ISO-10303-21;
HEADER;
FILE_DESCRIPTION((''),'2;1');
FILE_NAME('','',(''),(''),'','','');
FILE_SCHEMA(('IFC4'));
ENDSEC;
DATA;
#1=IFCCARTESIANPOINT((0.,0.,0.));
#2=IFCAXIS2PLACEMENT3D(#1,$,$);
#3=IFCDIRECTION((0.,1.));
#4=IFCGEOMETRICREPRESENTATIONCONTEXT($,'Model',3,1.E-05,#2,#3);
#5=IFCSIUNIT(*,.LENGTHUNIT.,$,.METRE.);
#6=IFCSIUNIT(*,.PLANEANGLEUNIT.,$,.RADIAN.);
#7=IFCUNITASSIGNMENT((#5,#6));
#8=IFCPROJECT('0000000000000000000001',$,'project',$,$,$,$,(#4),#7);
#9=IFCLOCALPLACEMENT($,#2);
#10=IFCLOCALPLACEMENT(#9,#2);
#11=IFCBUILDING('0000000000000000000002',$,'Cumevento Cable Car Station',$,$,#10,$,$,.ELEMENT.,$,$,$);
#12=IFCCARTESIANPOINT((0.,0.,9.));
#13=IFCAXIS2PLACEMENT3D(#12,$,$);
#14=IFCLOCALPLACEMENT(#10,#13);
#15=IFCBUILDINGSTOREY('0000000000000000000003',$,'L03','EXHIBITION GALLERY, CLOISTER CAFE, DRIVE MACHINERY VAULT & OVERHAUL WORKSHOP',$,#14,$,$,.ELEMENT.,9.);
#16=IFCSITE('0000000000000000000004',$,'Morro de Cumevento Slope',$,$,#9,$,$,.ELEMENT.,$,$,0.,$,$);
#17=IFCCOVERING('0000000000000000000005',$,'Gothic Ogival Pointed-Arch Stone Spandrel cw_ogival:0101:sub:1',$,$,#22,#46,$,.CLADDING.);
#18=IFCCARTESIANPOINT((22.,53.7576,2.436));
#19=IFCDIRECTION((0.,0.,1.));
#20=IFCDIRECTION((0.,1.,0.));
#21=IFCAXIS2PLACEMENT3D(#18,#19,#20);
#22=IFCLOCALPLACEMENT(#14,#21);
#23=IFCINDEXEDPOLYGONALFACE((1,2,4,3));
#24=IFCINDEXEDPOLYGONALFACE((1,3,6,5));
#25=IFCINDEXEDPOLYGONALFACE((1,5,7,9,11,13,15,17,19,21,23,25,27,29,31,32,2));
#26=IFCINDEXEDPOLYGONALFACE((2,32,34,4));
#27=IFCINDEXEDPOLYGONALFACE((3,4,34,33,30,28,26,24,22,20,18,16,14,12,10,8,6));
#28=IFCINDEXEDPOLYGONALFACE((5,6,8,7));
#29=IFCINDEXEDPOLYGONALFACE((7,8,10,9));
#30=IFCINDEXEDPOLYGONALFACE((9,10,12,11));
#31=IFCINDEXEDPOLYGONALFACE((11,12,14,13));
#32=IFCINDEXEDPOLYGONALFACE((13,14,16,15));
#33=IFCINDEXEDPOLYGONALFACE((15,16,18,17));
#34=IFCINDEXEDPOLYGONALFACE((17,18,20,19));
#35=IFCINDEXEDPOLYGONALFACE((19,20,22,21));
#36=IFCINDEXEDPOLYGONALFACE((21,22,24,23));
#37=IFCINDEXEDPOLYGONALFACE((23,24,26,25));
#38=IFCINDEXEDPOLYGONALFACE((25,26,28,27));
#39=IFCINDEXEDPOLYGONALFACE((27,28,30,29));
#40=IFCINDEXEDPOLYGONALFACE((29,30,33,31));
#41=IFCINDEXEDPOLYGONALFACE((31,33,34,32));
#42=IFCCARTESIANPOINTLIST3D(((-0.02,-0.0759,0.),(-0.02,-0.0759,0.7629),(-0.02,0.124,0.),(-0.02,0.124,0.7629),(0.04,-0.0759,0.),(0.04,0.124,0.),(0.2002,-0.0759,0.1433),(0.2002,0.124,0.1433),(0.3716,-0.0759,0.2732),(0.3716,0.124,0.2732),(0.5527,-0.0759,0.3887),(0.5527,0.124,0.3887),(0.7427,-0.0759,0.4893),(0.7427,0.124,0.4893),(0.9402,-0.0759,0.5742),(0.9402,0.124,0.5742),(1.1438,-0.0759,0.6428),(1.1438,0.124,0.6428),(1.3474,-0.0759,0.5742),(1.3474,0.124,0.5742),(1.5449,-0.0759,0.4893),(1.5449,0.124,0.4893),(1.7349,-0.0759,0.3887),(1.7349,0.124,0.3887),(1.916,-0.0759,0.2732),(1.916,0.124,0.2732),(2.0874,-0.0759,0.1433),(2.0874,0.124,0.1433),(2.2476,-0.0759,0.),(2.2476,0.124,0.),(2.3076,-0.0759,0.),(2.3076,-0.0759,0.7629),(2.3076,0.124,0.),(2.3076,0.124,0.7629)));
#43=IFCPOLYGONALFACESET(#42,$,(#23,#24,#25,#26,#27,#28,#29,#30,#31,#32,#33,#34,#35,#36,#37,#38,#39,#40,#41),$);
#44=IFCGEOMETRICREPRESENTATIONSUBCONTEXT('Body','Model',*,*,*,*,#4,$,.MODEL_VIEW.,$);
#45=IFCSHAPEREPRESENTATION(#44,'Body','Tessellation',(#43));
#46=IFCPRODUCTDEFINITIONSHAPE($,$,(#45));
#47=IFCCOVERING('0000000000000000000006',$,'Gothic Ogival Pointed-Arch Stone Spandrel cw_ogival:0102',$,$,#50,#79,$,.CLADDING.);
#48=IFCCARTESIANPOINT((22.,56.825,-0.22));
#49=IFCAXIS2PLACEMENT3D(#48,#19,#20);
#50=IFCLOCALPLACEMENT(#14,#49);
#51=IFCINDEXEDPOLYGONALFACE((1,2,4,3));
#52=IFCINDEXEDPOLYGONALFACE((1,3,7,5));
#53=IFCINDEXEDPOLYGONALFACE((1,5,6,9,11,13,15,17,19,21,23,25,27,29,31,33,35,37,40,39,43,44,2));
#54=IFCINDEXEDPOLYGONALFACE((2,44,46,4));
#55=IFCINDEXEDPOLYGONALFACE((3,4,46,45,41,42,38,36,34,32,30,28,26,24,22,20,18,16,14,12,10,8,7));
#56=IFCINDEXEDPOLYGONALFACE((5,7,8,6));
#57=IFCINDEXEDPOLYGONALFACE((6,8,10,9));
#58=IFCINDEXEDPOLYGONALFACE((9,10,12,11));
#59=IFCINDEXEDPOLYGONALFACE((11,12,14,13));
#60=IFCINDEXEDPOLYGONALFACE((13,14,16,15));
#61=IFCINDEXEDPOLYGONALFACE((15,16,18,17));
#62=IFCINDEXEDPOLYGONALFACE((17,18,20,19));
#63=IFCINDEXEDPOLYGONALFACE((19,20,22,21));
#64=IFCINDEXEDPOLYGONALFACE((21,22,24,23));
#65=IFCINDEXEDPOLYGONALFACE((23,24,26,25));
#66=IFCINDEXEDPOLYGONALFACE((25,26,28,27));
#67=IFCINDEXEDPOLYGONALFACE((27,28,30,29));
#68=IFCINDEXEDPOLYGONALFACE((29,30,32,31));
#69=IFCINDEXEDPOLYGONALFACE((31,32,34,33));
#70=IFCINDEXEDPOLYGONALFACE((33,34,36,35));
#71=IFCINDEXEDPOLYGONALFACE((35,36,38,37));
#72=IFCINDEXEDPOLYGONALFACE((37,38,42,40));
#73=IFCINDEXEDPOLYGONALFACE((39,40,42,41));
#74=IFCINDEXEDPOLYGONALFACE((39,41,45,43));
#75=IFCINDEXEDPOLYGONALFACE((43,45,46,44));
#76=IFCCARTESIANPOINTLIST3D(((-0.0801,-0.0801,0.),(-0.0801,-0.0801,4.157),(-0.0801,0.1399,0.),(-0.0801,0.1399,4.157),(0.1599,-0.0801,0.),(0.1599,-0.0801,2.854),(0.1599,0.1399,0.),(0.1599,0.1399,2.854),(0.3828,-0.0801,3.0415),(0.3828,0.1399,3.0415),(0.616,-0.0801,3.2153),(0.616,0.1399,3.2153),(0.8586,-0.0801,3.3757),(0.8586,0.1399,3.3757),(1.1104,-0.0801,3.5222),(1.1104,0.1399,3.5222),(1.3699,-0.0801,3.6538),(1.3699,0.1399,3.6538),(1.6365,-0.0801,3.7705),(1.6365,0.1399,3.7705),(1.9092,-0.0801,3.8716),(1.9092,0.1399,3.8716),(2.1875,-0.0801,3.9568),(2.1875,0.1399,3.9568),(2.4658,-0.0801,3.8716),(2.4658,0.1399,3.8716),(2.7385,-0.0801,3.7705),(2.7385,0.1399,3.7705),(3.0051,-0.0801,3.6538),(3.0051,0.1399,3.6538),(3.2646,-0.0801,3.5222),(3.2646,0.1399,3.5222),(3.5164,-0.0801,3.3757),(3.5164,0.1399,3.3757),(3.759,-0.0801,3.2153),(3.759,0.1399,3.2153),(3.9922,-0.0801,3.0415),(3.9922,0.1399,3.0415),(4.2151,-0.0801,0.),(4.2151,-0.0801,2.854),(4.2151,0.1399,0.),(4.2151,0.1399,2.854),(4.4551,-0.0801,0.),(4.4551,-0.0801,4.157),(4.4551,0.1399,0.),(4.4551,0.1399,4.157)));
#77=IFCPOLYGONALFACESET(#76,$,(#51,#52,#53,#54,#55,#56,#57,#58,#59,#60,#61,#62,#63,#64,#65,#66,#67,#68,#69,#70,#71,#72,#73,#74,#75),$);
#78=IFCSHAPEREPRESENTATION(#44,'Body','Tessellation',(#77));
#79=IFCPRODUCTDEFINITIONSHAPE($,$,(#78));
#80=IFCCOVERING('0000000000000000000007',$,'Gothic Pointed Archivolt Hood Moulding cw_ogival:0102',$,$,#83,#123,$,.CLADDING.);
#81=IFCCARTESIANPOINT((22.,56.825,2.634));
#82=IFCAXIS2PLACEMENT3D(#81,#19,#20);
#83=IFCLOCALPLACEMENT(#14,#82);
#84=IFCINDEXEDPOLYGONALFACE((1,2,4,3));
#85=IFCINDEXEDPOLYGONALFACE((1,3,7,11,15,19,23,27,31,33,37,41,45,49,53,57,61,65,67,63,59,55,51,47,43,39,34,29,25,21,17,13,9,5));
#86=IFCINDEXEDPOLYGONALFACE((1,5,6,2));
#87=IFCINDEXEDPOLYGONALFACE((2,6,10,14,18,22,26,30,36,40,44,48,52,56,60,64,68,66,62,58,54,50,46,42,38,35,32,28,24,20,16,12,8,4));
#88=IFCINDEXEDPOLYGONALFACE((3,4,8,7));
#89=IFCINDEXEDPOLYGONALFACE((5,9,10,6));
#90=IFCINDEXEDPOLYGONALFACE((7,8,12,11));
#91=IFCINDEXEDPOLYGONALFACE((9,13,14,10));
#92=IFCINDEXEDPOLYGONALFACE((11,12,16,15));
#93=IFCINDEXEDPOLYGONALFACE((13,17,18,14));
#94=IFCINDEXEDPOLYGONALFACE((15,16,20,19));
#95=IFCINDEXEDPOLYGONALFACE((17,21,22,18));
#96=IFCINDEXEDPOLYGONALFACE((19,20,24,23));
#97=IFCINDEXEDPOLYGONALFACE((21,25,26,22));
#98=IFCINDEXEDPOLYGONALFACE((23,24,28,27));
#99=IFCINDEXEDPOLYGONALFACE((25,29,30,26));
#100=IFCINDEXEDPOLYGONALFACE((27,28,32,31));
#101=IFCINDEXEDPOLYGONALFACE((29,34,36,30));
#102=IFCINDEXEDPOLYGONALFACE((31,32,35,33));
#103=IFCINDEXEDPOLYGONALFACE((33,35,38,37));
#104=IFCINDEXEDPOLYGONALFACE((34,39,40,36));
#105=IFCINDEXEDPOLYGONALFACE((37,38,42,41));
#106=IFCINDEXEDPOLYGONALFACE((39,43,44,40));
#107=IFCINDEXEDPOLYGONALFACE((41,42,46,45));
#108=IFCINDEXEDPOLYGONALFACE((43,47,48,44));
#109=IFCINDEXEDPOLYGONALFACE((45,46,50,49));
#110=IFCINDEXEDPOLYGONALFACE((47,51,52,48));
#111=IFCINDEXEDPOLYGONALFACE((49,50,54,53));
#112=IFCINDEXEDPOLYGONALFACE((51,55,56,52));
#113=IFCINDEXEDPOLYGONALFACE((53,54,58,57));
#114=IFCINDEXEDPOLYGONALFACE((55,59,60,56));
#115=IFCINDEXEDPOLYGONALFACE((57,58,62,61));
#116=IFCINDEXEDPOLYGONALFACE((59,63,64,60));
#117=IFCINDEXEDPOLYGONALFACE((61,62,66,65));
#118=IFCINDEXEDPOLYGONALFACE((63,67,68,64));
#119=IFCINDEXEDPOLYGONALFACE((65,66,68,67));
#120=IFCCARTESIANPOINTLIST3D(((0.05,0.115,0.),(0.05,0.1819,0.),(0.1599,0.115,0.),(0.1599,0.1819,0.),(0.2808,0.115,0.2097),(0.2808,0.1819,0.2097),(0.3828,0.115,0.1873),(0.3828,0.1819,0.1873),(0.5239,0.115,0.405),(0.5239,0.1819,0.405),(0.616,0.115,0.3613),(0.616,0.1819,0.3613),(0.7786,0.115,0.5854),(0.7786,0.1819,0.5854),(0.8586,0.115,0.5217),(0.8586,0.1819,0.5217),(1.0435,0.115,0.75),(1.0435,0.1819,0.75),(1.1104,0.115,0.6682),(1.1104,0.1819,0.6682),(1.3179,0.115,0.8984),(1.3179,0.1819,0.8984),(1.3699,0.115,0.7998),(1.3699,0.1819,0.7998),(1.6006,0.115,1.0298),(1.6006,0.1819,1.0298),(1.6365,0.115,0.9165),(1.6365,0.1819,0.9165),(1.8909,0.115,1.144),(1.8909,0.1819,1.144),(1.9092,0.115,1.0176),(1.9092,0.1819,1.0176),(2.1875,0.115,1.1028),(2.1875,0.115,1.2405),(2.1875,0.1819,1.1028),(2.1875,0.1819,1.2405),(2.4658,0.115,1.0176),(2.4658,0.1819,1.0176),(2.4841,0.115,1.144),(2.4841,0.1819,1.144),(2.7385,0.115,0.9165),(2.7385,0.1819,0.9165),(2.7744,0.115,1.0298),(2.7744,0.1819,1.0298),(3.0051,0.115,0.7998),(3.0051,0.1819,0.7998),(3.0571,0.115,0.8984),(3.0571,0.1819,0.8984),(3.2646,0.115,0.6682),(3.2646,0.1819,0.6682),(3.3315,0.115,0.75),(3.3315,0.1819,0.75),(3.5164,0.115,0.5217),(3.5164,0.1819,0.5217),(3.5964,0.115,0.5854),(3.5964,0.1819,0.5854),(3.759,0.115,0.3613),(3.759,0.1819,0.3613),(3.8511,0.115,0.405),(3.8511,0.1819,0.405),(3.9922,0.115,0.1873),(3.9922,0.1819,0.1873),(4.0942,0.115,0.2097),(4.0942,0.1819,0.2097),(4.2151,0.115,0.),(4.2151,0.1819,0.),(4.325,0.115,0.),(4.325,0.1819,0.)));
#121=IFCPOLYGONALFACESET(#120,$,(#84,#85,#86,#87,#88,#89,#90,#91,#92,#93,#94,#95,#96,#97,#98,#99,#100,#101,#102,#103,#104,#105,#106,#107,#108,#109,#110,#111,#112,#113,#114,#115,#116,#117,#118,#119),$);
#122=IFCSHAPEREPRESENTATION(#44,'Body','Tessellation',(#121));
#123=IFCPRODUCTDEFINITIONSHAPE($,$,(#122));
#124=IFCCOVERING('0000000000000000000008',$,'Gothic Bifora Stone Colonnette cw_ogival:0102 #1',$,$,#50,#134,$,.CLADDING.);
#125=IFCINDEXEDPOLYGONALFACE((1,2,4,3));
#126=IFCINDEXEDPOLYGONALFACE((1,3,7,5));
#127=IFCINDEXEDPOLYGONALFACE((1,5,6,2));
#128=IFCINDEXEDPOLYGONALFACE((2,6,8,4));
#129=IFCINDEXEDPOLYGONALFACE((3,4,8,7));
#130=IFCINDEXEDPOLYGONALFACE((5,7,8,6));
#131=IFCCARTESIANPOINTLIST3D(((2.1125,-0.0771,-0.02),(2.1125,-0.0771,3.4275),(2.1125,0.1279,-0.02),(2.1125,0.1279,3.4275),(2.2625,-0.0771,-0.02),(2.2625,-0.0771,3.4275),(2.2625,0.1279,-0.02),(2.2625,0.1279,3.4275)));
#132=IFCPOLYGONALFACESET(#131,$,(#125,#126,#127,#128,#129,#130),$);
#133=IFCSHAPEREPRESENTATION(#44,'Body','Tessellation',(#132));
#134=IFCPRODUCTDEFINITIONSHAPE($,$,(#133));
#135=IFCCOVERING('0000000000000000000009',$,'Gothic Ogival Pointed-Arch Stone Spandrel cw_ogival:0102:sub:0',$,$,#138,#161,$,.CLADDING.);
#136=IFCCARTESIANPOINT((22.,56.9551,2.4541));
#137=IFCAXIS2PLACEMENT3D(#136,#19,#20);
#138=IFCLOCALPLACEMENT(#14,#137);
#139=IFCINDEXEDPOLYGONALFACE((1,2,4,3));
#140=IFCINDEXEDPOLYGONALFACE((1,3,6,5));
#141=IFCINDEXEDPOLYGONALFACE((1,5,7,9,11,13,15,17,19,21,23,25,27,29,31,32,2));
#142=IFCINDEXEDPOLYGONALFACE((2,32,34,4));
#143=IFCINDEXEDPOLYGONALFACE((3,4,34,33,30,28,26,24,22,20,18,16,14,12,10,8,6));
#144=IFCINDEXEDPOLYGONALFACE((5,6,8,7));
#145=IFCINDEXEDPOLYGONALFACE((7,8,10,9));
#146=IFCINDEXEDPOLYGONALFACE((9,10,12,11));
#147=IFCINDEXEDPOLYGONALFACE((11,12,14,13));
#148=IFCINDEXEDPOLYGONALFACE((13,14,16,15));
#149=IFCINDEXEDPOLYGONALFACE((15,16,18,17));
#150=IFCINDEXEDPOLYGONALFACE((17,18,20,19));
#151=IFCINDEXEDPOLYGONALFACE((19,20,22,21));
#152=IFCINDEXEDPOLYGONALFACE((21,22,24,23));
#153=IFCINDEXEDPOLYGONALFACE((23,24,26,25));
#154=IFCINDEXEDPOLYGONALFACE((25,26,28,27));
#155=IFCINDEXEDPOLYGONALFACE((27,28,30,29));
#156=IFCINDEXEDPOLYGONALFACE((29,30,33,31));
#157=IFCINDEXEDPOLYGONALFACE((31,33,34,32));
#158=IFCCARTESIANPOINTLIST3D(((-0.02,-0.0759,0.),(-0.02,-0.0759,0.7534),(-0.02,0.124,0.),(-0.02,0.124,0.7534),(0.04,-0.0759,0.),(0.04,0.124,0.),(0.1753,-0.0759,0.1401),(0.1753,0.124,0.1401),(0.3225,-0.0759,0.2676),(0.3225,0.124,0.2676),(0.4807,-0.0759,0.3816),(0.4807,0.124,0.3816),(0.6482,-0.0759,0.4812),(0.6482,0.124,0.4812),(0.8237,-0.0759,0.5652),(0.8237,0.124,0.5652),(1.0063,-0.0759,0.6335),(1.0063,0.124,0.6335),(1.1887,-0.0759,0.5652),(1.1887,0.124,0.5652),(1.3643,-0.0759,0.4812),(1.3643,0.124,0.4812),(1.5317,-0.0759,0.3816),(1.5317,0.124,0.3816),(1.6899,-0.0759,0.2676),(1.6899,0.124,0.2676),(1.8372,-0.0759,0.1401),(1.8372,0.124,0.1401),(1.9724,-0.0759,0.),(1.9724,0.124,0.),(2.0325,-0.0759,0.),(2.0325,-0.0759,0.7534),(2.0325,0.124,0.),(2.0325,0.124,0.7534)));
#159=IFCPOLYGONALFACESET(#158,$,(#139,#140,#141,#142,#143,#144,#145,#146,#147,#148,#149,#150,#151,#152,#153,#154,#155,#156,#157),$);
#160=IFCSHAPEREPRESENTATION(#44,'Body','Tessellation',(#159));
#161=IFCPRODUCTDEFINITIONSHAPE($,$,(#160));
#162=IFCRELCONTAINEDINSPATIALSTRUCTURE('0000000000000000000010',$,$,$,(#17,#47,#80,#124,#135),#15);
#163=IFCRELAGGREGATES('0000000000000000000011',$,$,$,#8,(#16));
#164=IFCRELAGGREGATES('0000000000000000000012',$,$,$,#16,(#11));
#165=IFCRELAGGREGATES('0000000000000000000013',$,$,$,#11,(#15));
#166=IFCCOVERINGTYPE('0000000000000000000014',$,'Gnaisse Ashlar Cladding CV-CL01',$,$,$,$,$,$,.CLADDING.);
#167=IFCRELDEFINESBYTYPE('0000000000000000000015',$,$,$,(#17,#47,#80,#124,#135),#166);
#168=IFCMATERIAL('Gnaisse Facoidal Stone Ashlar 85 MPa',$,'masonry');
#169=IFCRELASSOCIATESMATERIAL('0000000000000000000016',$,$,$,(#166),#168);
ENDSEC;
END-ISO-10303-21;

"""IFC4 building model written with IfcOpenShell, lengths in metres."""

from ifc_helpers import new_model, si_unit, direction, frame, origin, place, context, subcontext, project, spatial, polyline, outline, extrude, material, type_object, element, save


model = new_model("IFC4")

# Units and contexts
model_context = context("Model", 3, precision=1e-05, world=origin(), true_north=direction((0.0, 1.0)))
body_context = subcontext(model_context, "Body", "Model", "MODEL_VIEW")
ifc_project = project(units=[si_unit("LENGTHUNIT", "METRE"), si_unit("PLANEANGLEUNIT", "RADIAN")], contexts=[model_context])

# Site, building, storey
site_placement = place(None, origin())
site = spatial("IfcSite", under=ifc_project, at=site_placement, Name="Morro de Cumevento Slope", CompositionType="ELEMENT", RefElevation=0.0)
building_placement = place(site_placement, origin())
building = spatial("IfcBuilding", under=site, at=building_placement, Name="Cumevento Cable Car Station", CompositionType="ELEMENT")
storey_placement = place(building_placement, frame((0.0, 0.0, 9.0)))
storey = spatial("IfcBuildingStorey", under=building, at=storey_placement, Name="L03", Description="EXHIBITION GALLERY, CLOISTER CAFE, DRIVE MACHINERY VAULT & OVERHAUL WORKSHOP", CompositionType="ELEMENT", Elevation=9.0)

# Coverings
ifc_material_1 = material(Name="Gnaisse Facoidal Stone Ashlar 85 MPa", Category="masonry")
covering_type = type_object("IfcCoveringType", Name="Gnaisse Ashlar Cladding CV-CL01", PredefinedType="CLADDING", material=ifc_material_1)
covering_1_placement = place(storey_placement, frame((22.0, 53.7576, 2.436), z_axis=(0.0, 0.0, 1.0), x_axis=(0.0, 1.0, 0.0)))
element("IfcCovering", 1, at=covering_1_placement, inside=storey, type_object=covering_type, Name="Gothic Ogival Pointed-Arch Stone Spandrel cw_ogival:0101:sub:1", PredefinedType="CLADDING", context=body_context, shape_type="SweptSolid", body=[
    extrude(outline(polyline([(-0.02, 0.0), (-0.02, 0.7629), (2.3076, 0.7629), (2.3076, 0.0), (2.2476, 0.0), (2.0874, 0.1433), (1.916, 0.2732), (1.7349, 0.3887), (1.5449, 0.4893), (1.3474, 0.5742), (1.1438, 0.6428), (0.9402, 0.5742), (0.7427, 0.4893), (0.5527, 0.3887), (0.3716, 0.2732), (0.2002, 0.1433), (0.04, 0.0), (-0.02, 0.0)])), frame((0.0, 0.124, 0.0), z_axis=(0.0, -1.0, 0.0), x_axis=(1.0, 0.0, 0.0)), (0.0, 0.0, 1.0), 0.2),
])
placement = place(storey_placement, frame((22.0, 56.825, -0.22), z_axis=(0.0, 0.0, 1.0), x_axis=(0.0, 1.0, 0.0)))
element("IfcCovering", 2, at=placement, inside=storey, type_object=covering_type, Name="Gothic Ogival Pointed-Arch Stone Spandrel cw_ogival:0102", PredefinedType="CLADDING", context=body_context, shape_type="SweptSolid", body=[
    extrude(outline(polyline([(-0.0801, 0.0), (-0.0801, 4.157), (4.4551, 4.157), (4.4551, 0.0), (4.2151, 0.0), (4.2151, 2.854), (3.9922, 3.0415), (3.759, 3.2153), (3.5164, 3.3757), (3.2646, 3.5222), (3.0051, 3.6538), (2.7385, 3.7705), (2.4658, 3.8716), (2.1875, 3.9568), (1.9092, 3.8716), (1.6365, 3.7705), (1.3699, 3.6538), (1.1104, 3.5222), (0.8586, 3.3757), (0.616, 3.2153), (0.3828, 3.0415), (0.1599, 2.854), (0.1599, 0.0), (-0.0801, 0.0)])), frame((0.0, 0.1399, 0.0), z_axis=(0.0, -1.0, 0.0), x_axis=(1.0, 0.0, 0.0)), (0.0, 0.0, 1.0), 0.22),
])
covering_2_placement = place(storey_placement, frame((22.0, 56.825, 2.634), z_axis=(0.0, 0.0, 1.0), x_axis=(0.0, 1.0, 0.0)))
element("IfcCovering", 3, at=covering_2_placement, inside=storey, type_object=covering_type, Name="Gothic Pointed Archivolt Hood Moulding cw_ogival:0102", PredefinedType="CLADDING", context=body_context, shape_type="SweptSolid", body=[
    extrude(outline(polyline([(0.1599, 0.0), (0.3828, 0.1873), (0.616, 0.3613), (0.8586, 0.5217), (1.1104, 0.6682), (1.3699, 0.7998), (1.6365, 0.9165), (1.9092, 1.0176), (2.1875, 1.1028), (2.4658, 1.0176), (2.7385, 0.9165), (3.0051, 0.7998), (3.2646, 0.6682), (3.5164, 0.5217), (3.759, 0.3613), (3.9922, 0.1873), (4.2151, 0.0), (4.325, 0.0), (4.0942, 0.2097), (3.8511, 0.405), (3.5964, 0.5854), (3.3315, 0.75), (3.0571, 0.8984), (2.7744, 1.0298), (2.4841, 1.144), (2.1875, 1.2405), (1.8909, 1.144), (1.6006, 1.0298), (1.3179, 0.8984), (1.0435, 0.75), (0.7786, 0.5854), (0.5239, 0.405), (0.2808, 0.2097), (0.05, 0.0), (0.1599, 0.0)])), frame((0.0, 0.1819, 0.0), z_axis=(0.0, -1.0, 0.0), x_axis=(1.0, 0.0, 0.0)), (0.0, 0.0, 1.0), 0.0669),
])
element("IfcCovering", 4, at=placement, inside=storey, type_object=covering_type, Name="Gothic Bifora Stone Colonnette cw_ogival:0102 #1", PredefinedType="CLADDING", context=body_context, shape_type="SweptSolid", body=[
    extrude(outline(polyline([(2.1125, -0.02), (2.2625, -0.02), (2.2625, 3.4275), (2.1125, 3.4275), (2.1125, -0.02)])), frame((0.0, 0.1279, 0.0), z_axis=(0.0, -1.0, 0.0), x_axis=(1.0, 0.0, 0.0)), (0.0, 0.0, 1.0), 0.2051),
])
covering_3_placement = place(storey_placement, frame((22.0, 56.9551, 2.4541), z_axis=(0.0, 0.0, 1.0), x_axis=(0.0, 1.0, 0.0)))
element("IfcCovering", 5, at=covering_3_placement, inside=storey, type_object=covering_type, Name="Gothic Ogival Pointed-Arch Stone Spandrel cw_ogival:0102:sub:0", PredefinedType="CLADDING", context=body_context, shape_type="SweptSolid", body=[
    extrude(outline(polyline([(-0.02, 0.0), (-0.02, 0.7534), (2.0325, 0.7534), (2.0325, 0.0), (1.9724, 0.0), (1.8372, 0.1401), (1.6899, 0.2676), (1.5317, 0.3816), (1.3643, 0.4812), (1.1887, 0.5652), (1.0063, 0.6335), (0.8237, 0.5652), (0.6482, 0.4812), (0.4807, 0.3816), (0.3225, 0.2676), (0.1753, 0.1401), (0.04, 0.0), (-0.02, 0.0)])), frame((0.0, 0.124, 0.0), z_axis=(0.0, -1.0, 0.0), x_axis=(1.0, 0.0, 0.0)), (0.0, 0.0, 1.0), 0.2),
])

save(model, "model.ifc")
